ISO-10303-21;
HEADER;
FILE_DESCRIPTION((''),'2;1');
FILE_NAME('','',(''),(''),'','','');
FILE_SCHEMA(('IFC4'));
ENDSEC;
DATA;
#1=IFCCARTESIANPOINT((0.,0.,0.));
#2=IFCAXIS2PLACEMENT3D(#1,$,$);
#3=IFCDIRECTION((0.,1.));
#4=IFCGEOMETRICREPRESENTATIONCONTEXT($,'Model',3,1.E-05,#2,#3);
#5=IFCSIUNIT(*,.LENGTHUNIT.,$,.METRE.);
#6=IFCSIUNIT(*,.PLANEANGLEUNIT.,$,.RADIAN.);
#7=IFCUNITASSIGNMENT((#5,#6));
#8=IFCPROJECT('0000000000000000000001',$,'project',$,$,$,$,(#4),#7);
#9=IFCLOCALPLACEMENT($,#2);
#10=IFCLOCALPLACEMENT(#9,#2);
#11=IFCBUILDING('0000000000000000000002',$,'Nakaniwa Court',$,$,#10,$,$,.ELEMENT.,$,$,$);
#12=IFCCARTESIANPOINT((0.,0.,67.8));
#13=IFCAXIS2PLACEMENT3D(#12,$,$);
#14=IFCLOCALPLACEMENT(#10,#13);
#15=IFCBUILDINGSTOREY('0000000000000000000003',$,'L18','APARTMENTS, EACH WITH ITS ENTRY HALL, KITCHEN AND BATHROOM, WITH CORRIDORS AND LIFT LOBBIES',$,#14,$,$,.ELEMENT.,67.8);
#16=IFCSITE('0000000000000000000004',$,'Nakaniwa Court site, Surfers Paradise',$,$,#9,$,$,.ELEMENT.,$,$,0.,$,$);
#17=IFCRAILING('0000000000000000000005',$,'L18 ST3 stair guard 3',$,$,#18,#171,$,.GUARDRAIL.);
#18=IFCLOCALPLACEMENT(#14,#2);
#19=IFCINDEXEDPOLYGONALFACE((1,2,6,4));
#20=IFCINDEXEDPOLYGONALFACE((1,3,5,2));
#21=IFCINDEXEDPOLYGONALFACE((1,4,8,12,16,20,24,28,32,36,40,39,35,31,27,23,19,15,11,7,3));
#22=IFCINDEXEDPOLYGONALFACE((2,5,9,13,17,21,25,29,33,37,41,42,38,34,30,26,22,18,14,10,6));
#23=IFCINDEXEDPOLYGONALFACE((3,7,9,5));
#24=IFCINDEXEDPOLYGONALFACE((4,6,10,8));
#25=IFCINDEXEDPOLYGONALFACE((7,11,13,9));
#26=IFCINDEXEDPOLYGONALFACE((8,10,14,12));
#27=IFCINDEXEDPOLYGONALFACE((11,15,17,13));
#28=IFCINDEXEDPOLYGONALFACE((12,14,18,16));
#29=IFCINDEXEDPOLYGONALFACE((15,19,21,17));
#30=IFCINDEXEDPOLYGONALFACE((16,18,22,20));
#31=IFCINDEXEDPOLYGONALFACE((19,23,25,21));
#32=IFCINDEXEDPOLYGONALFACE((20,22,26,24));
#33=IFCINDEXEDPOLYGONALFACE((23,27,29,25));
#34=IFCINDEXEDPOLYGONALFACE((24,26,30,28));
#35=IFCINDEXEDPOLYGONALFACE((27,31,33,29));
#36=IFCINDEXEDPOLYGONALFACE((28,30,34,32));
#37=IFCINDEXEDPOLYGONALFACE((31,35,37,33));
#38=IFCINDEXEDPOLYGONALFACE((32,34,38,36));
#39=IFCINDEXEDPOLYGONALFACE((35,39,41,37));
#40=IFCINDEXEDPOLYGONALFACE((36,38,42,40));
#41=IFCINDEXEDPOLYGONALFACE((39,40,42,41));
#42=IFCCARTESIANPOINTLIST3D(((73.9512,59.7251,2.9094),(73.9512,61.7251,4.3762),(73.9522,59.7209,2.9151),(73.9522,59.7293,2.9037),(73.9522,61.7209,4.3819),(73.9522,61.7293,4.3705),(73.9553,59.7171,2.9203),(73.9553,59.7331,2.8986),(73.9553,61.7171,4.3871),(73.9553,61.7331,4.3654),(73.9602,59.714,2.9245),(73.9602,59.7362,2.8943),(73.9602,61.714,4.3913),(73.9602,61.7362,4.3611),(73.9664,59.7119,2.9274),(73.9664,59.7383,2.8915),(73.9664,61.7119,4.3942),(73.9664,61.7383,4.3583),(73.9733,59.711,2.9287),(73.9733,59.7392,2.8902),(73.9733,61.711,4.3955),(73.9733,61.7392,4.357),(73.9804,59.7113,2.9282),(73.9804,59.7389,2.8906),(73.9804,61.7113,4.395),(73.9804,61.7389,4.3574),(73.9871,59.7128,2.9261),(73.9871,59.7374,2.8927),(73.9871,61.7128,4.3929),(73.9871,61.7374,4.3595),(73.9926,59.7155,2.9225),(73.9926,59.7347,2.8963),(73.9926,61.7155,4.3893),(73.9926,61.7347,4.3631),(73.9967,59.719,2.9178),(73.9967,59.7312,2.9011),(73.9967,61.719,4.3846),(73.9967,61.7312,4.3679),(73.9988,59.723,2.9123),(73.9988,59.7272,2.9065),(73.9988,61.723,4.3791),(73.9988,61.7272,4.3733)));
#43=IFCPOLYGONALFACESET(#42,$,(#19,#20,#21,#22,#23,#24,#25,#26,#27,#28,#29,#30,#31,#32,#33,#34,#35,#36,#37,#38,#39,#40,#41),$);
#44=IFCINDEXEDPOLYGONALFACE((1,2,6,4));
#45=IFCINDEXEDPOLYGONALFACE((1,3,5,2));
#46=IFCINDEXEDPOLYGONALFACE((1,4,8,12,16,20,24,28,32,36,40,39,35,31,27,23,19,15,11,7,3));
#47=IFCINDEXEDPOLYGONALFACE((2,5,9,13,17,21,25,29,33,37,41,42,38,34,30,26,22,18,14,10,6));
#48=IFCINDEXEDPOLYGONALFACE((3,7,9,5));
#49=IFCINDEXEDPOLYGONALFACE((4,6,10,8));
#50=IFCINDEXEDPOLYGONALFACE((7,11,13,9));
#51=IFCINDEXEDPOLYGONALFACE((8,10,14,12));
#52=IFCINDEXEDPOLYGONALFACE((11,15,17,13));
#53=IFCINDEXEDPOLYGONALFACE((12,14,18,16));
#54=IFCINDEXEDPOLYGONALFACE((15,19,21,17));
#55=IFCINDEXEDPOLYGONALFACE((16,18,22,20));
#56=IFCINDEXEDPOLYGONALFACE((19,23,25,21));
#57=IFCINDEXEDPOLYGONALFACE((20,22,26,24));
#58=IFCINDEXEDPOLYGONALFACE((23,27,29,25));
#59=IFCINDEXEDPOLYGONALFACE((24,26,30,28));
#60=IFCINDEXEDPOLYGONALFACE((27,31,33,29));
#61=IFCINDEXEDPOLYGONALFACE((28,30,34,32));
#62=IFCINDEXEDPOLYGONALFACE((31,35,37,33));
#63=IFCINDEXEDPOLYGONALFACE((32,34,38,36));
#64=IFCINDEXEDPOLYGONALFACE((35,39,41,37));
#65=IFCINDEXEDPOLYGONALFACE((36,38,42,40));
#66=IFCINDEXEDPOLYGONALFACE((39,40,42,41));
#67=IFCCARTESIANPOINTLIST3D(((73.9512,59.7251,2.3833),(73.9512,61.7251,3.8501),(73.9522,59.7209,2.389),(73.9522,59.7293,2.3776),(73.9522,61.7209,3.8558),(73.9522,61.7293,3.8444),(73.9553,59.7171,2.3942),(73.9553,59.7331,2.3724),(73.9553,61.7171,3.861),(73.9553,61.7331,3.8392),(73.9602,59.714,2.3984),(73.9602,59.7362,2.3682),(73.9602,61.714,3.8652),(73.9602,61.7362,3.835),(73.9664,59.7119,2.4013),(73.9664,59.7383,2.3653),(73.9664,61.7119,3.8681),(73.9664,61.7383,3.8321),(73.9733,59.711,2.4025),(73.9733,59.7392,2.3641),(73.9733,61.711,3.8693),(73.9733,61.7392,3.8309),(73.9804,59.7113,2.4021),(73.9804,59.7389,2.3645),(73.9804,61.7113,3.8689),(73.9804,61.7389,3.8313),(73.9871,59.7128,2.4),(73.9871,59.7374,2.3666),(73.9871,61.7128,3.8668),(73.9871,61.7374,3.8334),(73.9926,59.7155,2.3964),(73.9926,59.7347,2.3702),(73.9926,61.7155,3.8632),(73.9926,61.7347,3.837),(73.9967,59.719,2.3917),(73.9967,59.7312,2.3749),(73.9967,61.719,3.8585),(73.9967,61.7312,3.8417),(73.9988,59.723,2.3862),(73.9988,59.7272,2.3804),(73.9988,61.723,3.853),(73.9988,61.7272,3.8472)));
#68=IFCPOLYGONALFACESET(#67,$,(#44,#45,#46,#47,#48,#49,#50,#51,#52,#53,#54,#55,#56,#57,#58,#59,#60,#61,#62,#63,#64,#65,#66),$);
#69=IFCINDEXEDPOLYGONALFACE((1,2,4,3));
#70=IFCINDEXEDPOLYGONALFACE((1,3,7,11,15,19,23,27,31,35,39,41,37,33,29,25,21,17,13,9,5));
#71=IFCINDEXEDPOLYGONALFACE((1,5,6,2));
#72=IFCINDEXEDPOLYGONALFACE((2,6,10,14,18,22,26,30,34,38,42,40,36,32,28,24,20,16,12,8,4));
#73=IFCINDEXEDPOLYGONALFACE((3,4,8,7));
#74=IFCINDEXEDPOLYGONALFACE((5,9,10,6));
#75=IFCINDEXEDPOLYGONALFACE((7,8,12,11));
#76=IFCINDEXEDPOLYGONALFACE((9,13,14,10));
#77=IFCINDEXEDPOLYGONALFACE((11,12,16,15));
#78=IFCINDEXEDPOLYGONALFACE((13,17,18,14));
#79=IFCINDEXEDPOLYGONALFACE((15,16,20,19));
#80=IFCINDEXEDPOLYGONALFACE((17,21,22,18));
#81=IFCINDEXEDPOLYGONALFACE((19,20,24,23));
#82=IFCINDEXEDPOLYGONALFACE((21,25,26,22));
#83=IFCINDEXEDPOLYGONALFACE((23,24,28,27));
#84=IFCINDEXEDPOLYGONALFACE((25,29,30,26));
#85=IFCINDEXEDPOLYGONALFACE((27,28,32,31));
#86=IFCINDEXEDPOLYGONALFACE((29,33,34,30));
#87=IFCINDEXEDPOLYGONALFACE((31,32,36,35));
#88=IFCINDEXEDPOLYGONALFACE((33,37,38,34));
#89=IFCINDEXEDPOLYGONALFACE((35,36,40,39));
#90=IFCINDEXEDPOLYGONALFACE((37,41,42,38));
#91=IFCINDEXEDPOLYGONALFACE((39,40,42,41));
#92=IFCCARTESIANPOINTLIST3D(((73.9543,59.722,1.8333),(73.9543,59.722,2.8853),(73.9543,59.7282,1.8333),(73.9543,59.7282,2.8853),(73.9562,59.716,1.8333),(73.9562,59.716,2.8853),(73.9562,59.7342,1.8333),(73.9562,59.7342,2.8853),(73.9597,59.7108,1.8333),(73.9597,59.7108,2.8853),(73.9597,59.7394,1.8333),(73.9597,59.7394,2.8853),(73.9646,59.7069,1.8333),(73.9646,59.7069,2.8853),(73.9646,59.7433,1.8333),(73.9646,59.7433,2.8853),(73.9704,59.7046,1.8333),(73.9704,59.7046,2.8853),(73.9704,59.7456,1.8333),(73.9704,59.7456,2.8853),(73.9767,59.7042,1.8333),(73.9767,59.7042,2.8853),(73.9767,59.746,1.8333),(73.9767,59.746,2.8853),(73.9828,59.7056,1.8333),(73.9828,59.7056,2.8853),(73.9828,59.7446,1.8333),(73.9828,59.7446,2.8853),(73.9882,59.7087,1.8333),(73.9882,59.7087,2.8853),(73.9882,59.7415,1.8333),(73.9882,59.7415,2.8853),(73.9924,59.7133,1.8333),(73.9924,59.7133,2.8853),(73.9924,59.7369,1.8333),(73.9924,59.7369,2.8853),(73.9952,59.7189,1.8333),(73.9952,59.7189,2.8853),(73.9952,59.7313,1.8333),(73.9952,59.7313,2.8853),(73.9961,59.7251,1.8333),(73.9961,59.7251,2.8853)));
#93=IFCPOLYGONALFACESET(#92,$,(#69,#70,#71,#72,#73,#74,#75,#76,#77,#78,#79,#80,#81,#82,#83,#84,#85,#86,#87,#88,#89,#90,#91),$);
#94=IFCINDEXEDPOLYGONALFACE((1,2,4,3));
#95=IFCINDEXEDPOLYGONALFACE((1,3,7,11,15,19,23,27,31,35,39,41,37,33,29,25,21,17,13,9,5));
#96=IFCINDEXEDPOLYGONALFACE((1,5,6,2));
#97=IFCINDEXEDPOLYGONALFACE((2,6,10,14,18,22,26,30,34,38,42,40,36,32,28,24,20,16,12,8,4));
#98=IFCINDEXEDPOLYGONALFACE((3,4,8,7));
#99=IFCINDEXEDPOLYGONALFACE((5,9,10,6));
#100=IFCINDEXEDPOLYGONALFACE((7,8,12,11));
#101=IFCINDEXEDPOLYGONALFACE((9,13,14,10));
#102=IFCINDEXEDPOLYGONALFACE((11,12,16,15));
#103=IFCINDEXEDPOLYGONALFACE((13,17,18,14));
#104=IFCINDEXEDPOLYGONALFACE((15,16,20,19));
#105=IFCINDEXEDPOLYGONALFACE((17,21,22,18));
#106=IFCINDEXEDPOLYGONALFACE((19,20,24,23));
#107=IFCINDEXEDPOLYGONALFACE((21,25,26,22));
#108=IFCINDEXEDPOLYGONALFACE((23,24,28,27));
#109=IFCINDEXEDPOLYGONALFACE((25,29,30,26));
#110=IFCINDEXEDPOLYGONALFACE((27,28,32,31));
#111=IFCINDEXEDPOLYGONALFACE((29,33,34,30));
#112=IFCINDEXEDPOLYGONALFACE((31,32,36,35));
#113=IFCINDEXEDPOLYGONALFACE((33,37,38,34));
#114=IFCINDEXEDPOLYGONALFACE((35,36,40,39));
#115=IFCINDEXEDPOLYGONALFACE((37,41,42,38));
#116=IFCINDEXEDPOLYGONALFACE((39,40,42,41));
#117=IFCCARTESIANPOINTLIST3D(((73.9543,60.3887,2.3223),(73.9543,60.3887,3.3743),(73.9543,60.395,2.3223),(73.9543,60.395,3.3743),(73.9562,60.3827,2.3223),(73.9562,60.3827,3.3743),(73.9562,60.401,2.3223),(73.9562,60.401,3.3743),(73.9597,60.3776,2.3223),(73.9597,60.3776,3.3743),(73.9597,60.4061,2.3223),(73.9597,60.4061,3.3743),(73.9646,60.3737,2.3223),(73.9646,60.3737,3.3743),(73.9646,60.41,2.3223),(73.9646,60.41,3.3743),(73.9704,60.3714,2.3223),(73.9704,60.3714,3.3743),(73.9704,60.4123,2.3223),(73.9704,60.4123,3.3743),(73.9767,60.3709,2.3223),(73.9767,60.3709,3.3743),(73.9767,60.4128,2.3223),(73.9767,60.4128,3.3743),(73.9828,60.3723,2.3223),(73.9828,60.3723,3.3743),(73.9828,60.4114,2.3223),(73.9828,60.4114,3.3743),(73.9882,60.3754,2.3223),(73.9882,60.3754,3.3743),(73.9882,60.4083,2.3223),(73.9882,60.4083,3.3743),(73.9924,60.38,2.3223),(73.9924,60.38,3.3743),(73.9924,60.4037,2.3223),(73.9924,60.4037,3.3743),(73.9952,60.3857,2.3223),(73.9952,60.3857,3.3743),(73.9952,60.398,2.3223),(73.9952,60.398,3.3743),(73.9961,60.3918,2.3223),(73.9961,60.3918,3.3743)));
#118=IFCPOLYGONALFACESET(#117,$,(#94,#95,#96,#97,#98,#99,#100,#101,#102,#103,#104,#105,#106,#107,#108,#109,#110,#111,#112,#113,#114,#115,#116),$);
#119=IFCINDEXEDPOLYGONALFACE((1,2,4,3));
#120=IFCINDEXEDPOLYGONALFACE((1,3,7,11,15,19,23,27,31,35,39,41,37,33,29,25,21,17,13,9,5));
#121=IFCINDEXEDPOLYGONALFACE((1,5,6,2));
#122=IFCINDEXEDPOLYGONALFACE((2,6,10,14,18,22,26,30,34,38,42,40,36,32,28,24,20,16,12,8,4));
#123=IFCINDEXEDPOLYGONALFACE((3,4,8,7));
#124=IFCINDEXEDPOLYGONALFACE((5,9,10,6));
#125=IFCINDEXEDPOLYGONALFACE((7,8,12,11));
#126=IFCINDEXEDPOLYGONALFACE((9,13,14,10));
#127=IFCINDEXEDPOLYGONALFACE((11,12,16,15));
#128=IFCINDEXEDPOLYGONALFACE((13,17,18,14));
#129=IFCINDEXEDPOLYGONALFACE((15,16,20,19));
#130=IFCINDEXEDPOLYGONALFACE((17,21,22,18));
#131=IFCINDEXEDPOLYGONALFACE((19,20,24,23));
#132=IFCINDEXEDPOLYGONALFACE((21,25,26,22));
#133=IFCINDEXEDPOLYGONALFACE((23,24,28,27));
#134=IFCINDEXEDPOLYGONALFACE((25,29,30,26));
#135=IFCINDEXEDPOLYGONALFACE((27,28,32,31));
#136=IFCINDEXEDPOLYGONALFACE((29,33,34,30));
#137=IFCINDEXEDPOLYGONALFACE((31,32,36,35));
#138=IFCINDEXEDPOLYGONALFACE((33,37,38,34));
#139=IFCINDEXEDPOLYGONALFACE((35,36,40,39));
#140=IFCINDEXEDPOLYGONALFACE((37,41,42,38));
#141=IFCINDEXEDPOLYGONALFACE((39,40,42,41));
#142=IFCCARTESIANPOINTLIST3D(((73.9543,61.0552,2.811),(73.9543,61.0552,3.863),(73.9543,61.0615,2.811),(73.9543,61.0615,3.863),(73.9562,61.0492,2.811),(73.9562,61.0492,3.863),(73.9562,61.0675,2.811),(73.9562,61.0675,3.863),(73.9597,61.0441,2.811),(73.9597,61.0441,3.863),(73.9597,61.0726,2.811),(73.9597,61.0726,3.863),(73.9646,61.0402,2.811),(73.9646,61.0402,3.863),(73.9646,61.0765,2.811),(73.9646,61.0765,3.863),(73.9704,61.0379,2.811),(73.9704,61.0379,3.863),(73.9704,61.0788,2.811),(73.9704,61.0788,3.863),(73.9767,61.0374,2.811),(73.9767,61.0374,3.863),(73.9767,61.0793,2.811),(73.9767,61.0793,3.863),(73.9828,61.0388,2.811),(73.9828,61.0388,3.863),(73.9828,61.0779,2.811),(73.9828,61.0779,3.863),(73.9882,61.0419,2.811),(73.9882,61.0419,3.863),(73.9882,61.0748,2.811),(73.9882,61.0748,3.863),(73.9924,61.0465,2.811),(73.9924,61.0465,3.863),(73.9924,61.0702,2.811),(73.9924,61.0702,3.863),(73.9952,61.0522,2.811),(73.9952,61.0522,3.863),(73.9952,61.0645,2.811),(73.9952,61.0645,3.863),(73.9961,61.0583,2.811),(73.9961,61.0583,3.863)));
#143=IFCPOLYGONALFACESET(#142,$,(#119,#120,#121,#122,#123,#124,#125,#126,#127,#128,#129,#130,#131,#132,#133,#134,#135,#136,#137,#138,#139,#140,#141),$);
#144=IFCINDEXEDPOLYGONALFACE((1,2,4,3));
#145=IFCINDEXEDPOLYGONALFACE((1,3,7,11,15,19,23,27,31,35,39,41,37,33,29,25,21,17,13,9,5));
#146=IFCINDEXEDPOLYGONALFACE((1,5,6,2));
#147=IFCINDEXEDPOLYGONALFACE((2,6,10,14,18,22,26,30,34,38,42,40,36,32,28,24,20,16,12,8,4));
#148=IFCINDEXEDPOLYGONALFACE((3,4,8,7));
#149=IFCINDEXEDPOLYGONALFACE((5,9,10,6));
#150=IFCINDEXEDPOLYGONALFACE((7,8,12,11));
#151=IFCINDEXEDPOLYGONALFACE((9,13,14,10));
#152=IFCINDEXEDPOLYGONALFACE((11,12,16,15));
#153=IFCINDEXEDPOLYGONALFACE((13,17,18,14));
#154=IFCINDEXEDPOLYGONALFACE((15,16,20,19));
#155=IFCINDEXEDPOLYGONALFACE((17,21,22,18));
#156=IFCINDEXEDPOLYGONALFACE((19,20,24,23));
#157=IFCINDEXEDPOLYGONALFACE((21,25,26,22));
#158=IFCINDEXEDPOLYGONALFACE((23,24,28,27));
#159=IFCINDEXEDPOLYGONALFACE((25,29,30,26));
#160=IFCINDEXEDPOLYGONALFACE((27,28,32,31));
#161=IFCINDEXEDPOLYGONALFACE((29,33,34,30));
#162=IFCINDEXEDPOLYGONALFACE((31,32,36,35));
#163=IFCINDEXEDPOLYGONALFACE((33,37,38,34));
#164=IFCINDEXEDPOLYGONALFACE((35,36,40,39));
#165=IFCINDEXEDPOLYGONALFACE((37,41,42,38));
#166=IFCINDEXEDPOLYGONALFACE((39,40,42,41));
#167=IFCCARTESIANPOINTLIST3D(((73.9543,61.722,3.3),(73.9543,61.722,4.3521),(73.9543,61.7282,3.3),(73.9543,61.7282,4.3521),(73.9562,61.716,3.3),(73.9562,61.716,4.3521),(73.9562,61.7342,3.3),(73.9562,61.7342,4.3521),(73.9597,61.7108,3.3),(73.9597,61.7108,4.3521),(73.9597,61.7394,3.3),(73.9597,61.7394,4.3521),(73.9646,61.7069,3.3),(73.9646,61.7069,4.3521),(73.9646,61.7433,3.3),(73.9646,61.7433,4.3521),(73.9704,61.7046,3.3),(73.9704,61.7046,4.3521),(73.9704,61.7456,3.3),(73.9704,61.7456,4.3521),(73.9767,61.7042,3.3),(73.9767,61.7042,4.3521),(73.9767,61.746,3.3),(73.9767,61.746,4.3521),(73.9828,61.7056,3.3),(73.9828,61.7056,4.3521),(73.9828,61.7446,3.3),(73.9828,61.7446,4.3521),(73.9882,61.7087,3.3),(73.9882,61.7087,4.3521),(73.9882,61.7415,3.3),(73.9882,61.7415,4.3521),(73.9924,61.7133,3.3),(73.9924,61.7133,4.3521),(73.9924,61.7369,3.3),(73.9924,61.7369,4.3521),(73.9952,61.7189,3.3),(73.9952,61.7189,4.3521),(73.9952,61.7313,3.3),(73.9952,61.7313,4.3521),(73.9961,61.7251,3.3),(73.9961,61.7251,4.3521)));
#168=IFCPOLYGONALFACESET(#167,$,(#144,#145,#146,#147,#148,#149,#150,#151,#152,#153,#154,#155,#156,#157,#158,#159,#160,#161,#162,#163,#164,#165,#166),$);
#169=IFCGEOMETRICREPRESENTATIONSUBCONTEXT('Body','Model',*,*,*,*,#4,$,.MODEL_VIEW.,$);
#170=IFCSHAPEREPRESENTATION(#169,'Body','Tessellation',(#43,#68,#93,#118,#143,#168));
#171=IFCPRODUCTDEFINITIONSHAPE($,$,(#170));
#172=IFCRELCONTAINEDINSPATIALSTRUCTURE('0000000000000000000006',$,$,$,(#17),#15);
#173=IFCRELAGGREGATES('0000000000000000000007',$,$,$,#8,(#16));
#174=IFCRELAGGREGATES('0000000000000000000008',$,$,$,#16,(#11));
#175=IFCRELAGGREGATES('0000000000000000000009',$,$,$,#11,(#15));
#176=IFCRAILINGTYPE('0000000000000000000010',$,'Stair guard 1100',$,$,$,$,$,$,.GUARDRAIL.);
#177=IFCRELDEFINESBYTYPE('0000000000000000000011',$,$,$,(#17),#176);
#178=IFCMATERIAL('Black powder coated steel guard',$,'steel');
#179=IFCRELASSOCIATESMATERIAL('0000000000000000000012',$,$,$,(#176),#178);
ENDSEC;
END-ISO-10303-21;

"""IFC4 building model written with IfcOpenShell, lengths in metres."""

from ifc_helpers import new_model, si_unit, direction, frame, origin, origin_2d, place, context, subcontext, project, spatial, circle, extrude, material, type_object, element, save


model = new_model("IFC4")

# Units and contexts
model_context = context("Model", 3, precision=1e-05, world=origin(), true_north=direction((0.0, 1.0)))
body_context = subcontext(model_context, "Body", "Model", "MODEL_VIEW")
ifc_project = project(units=[si_unit("LENGTHUNIT", "METRE"), si_unit("PLANEANGLEUNIT", "RADIAN")], contexts=[model_context])

# Site, building, storey
site_placement = place(None, origin())
site = spatial("IfcSite", under=ifc_project, at=site_placement, Name="Nakaniwa Court site, Surfers Paradise", CompositionType="ELEMENT", RefElevation=0.0)
building_placement = place(site_placement, origin())
building = spatial("IfcBuilding", under=site, at=building_placement, Name="Nakaniwa Court", CompositionType="ELEMENT")
storey_placement = place(building_placement, frame((0.0, 0.0, 67.8)))
storey = spatial("IfcBuildingStorey", under=building, at=storey_placement, Name="L18", Description="APARTMENTS, EACH WITH ITS ENTRY HALL, KITCHEN AND BATHROOM, WITH CORRIDORS AND LIFT LOBBIES", CompositionType="ELEMENT", Elevation=67.8)

# Railing
ifc_material_1 = material(Name="Black powder coated steel guard", Category="steel")
railing_type_1 = type_object("IfcRailingType", Name="Stair guard 1100", PredefinedType="GUARDRAIL", material=ifc_material_1)
railing_1_placement = place(storey_placement, frame((73.9751, 59.7251, 1.8333)))
element("IfcRailing", 1, at=railing_1_placement, inside=storey, type_object=railing_type_1, Name="L18 ST3 stair guard 3", PredefinedType="GUARDRAIL", context=body_context, shape_type="SweptSolid", body=[
    extrude(circle(Radius=0.0239, at=origin_2d()), frame((0.0, 0.0, 1.0762), z_axis=(0.0, 0.80638, 0.591398), x_axis=(-1.0, 0.0, 0.0)), (0.0, 0.0, 1.0), 2.4802),
    extrude(circle(Radius=0.0239, at=origin_2d()), frame((0.0, 0.0, 0.55), z_axis=(0.0, 0.80638, 0.591398), x_axis=(-1.0, 0.0, 0.0)), (0.0, 0.0, 1.0), 2.4802),
    extrude(circle(Radius=0.021, at=origin_2d()), origin(), (0.0, 0.0, 1.0), 1.052),
    extrude(circle(Radius=0.021, at=origin_2d()), frame((0.0, 0.6667, 0.489)), (0.0, 0.0, 1.0), 1.052),
    extrude(circle(Radius=0.021, at=origin_2d()), frame((0.0, 1.3333, 0.9778)), (0.0, 0.0, 1.0), 1.052),
    extrude(circle(Radius=0.021, at=origin_2d()), frame((0.0, 2.0, 1.4668)), (0.0, 0.0, 1.0), 1.052),
])

save(model, "model.ifc")
